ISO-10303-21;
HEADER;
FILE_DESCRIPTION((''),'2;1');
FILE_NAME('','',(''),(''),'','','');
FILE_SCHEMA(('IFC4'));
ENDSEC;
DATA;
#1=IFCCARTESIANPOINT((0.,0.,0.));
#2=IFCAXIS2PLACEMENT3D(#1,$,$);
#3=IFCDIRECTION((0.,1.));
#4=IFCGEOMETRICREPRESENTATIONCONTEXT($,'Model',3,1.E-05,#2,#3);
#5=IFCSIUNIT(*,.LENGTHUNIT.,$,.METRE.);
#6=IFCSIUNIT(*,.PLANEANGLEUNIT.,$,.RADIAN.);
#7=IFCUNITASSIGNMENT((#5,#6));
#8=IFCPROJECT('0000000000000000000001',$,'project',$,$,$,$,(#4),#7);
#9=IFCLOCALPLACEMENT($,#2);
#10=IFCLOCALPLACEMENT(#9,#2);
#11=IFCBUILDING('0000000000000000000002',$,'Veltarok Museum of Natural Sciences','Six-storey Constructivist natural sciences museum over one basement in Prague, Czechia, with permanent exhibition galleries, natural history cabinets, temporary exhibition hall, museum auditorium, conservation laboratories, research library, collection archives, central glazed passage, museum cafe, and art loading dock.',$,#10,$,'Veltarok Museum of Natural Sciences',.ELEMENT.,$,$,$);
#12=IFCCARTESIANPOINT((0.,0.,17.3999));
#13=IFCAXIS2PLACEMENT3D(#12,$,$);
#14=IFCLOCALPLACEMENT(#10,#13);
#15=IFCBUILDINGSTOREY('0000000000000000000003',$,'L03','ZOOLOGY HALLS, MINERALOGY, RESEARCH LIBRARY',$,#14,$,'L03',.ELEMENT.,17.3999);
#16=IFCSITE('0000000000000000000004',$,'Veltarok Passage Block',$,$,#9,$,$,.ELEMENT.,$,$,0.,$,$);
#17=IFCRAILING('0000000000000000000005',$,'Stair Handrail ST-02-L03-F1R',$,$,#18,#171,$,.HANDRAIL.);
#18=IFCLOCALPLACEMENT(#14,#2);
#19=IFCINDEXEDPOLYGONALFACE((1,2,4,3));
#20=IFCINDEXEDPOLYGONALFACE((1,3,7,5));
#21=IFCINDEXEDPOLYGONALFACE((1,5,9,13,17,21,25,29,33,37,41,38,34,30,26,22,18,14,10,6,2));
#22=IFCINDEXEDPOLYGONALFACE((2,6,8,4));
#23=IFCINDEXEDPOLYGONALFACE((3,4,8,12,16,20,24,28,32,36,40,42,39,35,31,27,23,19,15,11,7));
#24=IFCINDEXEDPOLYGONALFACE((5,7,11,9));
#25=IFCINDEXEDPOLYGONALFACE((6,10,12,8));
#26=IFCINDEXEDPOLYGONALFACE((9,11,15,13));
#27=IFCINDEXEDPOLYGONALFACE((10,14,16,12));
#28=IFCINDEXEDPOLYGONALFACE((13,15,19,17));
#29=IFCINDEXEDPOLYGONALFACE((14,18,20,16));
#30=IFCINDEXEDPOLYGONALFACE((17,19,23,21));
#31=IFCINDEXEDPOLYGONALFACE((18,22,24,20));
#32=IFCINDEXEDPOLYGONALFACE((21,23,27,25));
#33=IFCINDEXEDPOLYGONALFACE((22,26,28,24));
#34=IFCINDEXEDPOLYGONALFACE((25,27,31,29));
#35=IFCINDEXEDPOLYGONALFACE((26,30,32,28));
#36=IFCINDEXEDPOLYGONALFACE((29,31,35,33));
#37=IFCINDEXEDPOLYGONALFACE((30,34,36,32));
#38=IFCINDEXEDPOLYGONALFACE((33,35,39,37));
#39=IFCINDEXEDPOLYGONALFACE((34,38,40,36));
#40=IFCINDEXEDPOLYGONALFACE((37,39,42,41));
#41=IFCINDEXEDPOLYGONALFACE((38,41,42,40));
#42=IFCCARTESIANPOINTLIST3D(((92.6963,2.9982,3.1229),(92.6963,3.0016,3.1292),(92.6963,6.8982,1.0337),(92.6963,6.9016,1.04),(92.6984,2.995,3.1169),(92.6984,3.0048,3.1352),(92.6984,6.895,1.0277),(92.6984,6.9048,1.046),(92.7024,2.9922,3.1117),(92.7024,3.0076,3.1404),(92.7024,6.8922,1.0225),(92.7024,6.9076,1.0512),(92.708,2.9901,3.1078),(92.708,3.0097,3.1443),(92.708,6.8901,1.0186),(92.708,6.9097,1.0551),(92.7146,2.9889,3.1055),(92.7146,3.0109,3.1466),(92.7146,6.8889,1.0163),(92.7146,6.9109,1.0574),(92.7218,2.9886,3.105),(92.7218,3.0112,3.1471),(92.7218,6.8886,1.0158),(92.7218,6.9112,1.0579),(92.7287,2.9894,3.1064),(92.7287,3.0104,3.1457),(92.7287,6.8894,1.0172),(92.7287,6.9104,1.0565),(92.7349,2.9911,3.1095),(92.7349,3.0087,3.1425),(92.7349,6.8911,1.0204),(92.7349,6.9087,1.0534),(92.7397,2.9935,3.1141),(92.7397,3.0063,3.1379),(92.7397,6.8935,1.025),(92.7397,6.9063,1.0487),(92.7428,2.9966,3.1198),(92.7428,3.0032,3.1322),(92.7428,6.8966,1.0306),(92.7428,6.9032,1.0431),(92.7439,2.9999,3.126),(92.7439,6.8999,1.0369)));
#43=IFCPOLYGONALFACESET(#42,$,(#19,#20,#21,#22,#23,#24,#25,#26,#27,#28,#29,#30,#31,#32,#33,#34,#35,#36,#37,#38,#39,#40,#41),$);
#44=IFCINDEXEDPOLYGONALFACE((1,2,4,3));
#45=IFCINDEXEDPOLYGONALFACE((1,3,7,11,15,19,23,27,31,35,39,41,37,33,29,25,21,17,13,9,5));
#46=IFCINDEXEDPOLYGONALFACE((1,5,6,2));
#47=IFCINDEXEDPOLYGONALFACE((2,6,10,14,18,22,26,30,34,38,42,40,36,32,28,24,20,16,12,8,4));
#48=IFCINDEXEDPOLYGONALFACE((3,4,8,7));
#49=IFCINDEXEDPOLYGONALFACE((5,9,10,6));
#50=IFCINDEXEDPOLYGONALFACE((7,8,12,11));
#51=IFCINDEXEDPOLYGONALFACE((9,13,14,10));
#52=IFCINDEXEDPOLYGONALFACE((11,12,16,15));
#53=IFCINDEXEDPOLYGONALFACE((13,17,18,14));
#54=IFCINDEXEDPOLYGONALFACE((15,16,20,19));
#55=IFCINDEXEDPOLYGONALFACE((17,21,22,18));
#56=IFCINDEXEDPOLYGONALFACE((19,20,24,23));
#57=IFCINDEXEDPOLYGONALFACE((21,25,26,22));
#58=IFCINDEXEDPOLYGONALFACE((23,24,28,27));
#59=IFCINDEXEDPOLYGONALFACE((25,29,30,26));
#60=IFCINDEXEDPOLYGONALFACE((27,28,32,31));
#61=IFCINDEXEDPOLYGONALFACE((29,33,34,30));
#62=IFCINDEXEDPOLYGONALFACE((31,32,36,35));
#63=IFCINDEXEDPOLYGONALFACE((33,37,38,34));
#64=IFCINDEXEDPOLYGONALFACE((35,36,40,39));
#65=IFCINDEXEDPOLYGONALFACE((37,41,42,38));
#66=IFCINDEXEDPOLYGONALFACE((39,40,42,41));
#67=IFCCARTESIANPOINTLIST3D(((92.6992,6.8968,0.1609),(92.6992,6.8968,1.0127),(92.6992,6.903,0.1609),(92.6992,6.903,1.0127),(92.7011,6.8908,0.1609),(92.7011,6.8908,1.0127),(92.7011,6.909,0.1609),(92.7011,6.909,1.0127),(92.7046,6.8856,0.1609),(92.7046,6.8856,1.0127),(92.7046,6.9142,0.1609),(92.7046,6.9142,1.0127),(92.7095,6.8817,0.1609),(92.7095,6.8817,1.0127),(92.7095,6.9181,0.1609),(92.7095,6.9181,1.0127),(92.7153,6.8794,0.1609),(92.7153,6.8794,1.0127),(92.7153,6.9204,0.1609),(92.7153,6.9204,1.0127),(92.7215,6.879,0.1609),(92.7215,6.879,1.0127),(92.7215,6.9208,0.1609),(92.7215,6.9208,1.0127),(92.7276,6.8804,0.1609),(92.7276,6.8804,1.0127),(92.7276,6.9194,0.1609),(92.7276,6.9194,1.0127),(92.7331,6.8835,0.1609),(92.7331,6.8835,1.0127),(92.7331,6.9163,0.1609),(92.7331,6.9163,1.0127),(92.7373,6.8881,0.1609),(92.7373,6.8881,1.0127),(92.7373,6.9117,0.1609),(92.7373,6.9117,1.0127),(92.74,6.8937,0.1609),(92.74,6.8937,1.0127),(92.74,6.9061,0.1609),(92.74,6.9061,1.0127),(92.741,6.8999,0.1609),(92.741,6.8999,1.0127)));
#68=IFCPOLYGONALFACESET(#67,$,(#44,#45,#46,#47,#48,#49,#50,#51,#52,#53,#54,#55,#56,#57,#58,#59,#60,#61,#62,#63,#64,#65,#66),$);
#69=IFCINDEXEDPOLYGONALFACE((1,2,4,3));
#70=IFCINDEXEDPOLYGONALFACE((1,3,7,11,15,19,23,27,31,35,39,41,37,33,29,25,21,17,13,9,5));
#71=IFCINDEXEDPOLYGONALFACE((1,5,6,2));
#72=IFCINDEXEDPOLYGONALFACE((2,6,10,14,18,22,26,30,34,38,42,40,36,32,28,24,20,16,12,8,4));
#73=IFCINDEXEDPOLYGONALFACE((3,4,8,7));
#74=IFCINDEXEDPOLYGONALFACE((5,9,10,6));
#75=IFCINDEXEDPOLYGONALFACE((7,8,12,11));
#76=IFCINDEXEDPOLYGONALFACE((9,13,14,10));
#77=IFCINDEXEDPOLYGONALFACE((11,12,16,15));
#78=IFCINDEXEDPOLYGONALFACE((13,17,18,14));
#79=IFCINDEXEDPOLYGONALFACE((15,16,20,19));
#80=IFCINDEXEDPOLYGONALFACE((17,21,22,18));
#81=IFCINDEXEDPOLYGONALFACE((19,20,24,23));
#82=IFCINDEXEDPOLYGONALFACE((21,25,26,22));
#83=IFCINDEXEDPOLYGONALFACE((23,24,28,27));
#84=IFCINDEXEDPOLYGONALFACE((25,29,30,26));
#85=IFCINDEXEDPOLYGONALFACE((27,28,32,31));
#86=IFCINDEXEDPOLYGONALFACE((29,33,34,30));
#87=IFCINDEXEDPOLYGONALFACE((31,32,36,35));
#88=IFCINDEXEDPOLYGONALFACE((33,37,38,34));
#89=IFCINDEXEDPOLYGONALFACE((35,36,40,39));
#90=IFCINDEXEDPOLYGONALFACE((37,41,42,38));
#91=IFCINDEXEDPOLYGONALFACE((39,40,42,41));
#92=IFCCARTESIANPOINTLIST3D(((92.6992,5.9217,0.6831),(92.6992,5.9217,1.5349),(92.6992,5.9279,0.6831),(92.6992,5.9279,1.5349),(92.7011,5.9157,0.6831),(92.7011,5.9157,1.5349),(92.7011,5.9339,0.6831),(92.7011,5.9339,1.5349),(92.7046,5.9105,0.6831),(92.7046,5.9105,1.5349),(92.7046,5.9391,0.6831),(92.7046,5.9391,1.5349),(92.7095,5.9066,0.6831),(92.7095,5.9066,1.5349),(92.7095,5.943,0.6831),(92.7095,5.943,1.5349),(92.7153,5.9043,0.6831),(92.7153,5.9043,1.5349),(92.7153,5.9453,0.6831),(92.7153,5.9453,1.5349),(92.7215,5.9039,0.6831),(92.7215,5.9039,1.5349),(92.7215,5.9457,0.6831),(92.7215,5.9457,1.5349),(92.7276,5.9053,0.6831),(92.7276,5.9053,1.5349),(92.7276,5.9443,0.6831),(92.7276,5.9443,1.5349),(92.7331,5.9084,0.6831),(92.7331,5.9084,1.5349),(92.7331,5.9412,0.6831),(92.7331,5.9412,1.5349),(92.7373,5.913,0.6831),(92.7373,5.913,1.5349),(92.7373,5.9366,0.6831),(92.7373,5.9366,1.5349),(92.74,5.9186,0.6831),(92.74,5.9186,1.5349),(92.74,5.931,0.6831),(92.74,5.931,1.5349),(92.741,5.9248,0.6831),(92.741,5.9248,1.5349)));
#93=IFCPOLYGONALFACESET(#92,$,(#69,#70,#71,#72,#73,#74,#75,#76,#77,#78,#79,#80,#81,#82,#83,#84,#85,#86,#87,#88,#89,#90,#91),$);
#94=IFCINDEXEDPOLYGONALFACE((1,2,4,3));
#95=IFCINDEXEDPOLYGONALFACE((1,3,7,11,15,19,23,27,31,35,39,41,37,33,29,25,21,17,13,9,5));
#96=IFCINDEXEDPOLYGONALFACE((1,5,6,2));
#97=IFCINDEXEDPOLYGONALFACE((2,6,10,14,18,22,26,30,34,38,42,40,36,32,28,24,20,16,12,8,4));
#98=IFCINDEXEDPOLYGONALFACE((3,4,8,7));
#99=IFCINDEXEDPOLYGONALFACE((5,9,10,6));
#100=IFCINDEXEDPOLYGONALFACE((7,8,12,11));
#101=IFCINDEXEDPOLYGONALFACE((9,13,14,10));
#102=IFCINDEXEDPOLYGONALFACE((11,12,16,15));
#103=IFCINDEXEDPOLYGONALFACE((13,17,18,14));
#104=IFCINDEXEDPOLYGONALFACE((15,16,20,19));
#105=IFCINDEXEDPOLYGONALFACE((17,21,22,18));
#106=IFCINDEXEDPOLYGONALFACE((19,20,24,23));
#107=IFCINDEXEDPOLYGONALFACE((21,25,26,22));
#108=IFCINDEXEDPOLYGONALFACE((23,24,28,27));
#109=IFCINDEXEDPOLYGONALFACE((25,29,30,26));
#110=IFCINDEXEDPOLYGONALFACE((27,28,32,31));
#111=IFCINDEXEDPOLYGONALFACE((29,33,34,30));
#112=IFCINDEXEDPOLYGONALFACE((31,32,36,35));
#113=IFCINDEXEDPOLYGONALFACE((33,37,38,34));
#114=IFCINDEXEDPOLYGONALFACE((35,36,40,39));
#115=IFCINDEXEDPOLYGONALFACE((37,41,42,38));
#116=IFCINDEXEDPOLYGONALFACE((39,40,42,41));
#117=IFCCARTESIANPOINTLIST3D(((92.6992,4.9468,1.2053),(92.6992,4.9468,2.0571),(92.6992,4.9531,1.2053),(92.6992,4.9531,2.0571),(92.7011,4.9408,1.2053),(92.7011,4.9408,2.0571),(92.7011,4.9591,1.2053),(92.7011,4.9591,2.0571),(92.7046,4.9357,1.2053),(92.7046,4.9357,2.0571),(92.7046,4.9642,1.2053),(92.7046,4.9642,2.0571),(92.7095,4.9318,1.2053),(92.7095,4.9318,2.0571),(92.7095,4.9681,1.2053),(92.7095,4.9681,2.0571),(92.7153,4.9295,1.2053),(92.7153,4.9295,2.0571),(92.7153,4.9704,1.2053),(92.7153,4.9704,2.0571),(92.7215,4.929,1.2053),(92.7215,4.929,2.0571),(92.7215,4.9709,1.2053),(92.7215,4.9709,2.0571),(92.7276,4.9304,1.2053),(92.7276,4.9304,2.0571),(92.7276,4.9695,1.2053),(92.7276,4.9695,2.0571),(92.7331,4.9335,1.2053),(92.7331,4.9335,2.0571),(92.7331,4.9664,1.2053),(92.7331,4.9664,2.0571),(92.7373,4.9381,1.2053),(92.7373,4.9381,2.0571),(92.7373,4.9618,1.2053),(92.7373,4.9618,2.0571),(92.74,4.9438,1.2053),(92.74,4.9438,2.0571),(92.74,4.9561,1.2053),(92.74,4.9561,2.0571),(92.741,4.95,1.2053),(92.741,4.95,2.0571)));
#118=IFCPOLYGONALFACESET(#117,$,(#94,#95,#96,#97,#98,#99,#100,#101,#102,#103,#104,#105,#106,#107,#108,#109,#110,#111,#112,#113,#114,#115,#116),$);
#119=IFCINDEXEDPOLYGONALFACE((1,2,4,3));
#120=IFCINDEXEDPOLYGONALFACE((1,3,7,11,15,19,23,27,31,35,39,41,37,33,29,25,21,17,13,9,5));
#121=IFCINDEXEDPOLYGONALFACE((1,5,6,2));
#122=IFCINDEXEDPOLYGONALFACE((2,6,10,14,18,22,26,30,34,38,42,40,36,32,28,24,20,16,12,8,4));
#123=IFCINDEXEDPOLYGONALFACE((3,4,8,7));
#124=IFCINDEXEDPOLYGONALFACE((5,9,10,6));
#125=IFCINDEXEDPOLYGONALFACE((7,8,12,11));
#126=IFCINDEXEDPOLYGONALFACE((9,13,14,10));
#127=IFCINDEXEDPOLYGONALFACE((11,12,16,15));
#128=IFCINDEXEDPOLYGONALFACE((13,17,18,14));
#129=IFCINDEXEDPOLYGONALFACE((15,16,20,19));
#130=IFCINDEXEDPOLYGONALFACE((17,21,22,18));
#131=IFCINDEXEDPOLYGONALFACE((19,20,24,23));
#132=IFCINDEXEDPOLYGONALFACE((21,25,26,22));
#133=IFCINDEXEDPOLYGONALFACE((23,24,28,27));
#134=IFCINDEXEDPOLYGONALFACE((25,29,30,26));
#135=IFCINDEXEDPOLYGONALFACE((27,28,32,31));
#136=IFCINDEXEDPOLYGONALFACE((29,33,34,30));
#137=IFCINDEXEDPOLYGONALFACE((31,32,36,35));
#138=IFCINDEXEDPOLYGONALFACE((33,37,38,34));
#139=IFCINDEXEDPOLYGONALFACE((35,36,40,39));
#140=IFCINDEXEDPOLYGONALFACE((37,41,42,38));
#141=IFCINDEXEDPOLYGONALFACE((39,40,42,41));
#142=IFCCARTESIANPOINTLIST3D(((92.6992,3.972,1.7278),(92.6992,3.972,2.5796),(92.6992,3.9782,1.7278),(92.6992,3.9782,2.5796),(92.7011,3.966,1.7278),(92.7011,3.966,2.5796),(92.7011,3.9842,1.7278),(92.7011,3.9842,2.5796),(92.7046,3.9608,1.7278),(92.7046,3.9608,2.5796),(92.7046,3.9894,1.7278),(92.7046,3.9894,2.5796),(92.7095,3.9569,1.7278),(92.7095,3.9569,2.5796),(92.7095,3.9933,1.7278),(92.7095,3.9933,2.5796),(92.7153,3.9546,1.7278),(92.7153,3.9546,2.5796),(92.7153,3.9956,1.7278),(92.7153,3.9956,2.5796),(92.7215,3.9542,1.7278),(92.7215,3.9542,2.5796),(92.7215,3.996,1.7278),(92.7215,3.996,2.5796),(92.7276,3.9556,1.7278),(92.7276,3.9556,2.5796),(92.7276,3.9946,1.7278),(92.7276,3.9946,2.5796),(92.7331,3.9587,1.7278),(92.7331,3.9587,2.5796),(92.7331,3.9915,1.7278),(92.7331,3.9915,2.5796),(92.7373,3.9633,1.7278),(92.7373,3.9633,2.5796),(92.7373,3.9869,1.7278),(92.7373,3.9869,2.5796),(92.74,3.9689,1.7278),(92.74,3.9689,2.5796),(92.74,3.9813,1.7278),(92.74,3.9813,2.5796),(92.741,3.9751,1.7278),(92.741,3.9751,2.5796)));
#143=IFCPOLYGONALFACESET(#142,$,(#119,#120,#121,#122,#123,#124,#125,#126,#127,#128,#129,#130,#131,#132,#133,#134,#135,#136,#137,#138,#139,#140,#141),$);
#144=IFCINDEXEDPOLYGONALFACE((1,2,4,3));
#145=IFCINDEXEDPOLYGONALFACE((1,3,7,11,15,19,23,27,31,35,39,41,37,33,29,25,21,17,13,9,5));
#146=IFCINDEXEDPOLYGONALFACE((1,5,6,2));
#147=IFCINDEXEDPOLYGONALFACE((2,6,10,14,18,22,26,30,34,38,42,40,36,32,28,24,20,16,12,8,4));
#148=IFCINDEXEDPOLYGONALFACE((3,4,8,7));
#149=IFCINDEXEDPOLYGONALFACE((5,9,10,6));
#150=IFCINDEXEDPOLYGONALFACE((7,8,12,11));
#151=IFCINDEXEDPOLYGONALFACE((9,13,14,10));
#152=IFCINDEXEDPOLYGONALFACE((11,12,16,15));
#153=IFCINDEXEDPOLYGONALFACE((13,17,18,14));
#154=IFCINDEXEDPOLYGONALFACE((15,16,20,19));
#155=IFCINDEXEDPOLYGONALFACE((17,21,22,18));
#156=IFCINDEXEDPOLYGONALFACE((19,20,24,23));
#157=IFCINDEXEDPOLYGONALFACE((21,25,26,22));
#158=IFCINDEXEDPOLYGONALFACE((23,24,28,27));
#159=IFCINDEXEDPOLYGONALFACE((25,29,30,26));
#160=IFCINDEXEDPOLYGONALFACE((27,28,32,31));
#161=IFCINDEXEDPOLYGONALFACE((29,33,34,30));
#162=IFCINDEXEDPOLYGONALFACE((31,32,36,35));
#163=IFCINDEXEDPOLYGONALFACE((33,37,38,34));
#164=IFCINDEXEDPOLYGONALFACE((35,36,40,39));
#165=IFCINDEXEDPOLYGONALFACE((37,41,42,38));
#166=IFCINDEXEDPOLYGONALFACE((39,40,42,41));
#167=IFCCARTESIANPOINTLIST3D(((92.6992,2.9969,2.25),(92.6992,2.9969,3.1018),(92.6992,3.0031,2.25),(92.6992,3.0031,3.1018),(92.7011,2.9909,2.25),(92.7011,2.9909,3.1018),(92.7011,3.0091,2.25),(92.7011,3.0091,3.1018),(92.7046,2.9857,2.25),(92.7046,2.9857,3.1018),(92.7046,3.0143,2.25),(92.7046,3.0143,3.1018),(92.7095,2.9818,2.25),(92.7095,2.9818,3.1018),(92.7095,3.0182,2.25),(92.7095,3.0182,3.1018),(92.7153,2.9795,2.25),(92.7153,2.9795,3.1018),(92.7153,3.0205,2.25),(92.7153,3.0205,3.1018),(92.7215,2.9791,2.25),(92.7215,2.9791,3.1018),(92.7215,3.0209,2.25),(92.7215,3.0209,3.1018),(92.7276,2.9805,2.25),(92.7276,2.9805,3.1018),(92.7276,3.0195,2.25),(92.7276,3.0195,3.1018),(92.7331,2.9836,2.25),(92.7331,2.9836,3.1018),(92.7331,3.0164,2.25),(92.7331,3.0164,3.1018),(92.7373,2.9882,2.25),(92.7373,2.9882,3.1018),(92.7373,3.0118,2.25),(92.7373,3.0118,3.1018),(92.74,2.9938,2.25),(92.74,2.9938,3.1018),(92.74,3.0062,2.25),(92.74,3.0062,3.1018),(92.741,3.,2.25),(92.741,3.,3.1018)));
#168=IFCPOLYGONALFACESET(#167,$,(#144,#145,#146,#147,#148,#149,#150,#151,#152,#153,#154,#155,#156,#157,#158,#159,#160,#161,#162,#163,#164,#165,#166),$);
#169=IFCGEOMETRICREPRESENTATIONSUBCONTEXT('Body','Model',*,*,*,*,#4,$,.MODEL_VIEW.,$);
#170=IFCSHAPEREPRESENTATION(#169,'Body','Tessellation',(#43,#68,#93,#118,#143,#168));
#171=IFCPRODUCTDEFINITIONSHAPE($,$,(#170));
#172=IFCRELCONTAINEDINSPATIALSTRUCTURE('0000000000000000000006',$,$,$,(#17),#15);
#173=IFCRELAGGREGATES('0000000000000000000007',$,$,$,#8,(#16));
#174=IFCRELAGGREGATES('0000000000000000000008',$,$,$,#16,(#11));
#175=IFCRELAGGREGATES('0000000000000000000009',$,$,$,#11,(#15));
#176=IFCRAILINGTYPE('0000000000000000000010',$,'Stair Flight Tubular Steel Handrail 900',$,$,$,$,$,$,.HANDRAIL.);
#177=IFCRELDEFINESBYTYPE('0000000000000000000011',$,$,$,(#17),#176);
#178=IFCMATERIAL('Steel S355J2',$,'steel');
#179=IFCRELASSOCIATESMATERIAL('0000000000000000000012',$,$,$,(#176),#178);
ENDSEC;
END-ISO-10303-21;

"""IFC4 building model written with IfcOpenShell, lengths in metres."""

from ifc_helpers import new_model, si_unit, direction, frame, origin, origin_2d, place, context, subcontext, project, spatial, circle, extrude, material, type_object, element, save


model = new_model("IFC4")

# Units and contexts
model_context = context("Model", 3, precision=1e-05, world=origin(), true_north=direction((0.0, 1.0)))
body_context = subcontext(model_context, "Body", "Model", "MODEL_VIEW")
ifc_project = project(units=[si_unit("LENGTHUNIT", "METRE"), si_unit("PLANEANGLEUNIT", "RADIAN")], contexts=[model_context])

# Site, building, storey
site_placement = place(None, origin())
site = spatial("IfcSite", under=ifc_project, at=site_placement, Name="Veltarok Passage Block", CompositionType="ELEMENT", RefElevation=0.0)
building_placement = place(site_placement, origin())
building = spatial("IfcBuilding", under=site, at=building_placement, Name="Veltarok Museum of Natural Sciences", Description="Six-storey Constructivist natural sciences museum over one basement in Prague, Czechia, with permanent exhibition galleries, natural history cabinets, temporary exhibition hall, museum auditorium, conservation laboratories, research library, collection archives, central glazed passage, museum cafe, and art loading dock.", LongName="Veltarok Museum of Natural Sciences", CompositionType="ELEMENT")
storey_placement = place(building_placement, frame((0.0, 0.0, 17.3999)))
storey = spatial("IfcBuildingStorey", under=building, at=storey_placement, Name="L03", Description="ZOOLOGY HALLS, MINERALOGY, RESEARCH LIBRARY", LongName="L03", CompositionType="ELEMENT", Elevation=17.3999)

# Shared definitions
ifc_material_1 = material(Name="Steel S355J2", Category="steel")

# Railing
railing_type_1 = type_object("IfcRailingType", Name="Stair Flight Tubular Steel Handrail 900", PredefinedType="HANDRAIL", material=ifc_material_1)
railing_1_placement = place(storey_placement, frame((92.72, 6.8999, 0.1609)))
element("IfcRailing", 1, at=railing_1_placement, inside=storey, type_object=railing_type_1, Name="Stair Handrail ST-02-L03-F1R", PredefinedType="HANDRAIL", context=body_context, shape_type="SweptSolid", body=[
    extrude(circle(Radius=0.0239, at=origin_2d()), frame((0.0, 0.0, 0.876), z_axis=(0.0, -0.881491, 0.4722), x_axis=(1.0, 0.0, 0.0)), (0.0, 0.0, 1.0), 4.4243),
    extrude(circle(Radius=0.021, at=origin_2d()), origin(), (0.0, 0.0, 1.0), 0.8518),
    extrude(circle(Radius=0.021, at=origin_2d()), frame((0.0, -0.9751, 0.5222)), (0.0, 0.0, 1.0), 0.8518),
    extrude(circle(Radius=0.021, at=origin_2d()), frame((0.0, -1.95, 1.0444)), (0.0, 0.0, 1.0), 0.8518),
    extrude(circle(Radius=0.021, at=origin_2d()), frame((0.0, -2.9248, 1.5669)), (0.0, 0.0, 1.0), 0.8518),
    extrude(circle(Radius=0.021, at=origin_2d()), frame((0.0, -3.8999, 2.0891)), (0.0, 0.0, 1.0), 0.8518),
])

save(model, "model.ifc")
